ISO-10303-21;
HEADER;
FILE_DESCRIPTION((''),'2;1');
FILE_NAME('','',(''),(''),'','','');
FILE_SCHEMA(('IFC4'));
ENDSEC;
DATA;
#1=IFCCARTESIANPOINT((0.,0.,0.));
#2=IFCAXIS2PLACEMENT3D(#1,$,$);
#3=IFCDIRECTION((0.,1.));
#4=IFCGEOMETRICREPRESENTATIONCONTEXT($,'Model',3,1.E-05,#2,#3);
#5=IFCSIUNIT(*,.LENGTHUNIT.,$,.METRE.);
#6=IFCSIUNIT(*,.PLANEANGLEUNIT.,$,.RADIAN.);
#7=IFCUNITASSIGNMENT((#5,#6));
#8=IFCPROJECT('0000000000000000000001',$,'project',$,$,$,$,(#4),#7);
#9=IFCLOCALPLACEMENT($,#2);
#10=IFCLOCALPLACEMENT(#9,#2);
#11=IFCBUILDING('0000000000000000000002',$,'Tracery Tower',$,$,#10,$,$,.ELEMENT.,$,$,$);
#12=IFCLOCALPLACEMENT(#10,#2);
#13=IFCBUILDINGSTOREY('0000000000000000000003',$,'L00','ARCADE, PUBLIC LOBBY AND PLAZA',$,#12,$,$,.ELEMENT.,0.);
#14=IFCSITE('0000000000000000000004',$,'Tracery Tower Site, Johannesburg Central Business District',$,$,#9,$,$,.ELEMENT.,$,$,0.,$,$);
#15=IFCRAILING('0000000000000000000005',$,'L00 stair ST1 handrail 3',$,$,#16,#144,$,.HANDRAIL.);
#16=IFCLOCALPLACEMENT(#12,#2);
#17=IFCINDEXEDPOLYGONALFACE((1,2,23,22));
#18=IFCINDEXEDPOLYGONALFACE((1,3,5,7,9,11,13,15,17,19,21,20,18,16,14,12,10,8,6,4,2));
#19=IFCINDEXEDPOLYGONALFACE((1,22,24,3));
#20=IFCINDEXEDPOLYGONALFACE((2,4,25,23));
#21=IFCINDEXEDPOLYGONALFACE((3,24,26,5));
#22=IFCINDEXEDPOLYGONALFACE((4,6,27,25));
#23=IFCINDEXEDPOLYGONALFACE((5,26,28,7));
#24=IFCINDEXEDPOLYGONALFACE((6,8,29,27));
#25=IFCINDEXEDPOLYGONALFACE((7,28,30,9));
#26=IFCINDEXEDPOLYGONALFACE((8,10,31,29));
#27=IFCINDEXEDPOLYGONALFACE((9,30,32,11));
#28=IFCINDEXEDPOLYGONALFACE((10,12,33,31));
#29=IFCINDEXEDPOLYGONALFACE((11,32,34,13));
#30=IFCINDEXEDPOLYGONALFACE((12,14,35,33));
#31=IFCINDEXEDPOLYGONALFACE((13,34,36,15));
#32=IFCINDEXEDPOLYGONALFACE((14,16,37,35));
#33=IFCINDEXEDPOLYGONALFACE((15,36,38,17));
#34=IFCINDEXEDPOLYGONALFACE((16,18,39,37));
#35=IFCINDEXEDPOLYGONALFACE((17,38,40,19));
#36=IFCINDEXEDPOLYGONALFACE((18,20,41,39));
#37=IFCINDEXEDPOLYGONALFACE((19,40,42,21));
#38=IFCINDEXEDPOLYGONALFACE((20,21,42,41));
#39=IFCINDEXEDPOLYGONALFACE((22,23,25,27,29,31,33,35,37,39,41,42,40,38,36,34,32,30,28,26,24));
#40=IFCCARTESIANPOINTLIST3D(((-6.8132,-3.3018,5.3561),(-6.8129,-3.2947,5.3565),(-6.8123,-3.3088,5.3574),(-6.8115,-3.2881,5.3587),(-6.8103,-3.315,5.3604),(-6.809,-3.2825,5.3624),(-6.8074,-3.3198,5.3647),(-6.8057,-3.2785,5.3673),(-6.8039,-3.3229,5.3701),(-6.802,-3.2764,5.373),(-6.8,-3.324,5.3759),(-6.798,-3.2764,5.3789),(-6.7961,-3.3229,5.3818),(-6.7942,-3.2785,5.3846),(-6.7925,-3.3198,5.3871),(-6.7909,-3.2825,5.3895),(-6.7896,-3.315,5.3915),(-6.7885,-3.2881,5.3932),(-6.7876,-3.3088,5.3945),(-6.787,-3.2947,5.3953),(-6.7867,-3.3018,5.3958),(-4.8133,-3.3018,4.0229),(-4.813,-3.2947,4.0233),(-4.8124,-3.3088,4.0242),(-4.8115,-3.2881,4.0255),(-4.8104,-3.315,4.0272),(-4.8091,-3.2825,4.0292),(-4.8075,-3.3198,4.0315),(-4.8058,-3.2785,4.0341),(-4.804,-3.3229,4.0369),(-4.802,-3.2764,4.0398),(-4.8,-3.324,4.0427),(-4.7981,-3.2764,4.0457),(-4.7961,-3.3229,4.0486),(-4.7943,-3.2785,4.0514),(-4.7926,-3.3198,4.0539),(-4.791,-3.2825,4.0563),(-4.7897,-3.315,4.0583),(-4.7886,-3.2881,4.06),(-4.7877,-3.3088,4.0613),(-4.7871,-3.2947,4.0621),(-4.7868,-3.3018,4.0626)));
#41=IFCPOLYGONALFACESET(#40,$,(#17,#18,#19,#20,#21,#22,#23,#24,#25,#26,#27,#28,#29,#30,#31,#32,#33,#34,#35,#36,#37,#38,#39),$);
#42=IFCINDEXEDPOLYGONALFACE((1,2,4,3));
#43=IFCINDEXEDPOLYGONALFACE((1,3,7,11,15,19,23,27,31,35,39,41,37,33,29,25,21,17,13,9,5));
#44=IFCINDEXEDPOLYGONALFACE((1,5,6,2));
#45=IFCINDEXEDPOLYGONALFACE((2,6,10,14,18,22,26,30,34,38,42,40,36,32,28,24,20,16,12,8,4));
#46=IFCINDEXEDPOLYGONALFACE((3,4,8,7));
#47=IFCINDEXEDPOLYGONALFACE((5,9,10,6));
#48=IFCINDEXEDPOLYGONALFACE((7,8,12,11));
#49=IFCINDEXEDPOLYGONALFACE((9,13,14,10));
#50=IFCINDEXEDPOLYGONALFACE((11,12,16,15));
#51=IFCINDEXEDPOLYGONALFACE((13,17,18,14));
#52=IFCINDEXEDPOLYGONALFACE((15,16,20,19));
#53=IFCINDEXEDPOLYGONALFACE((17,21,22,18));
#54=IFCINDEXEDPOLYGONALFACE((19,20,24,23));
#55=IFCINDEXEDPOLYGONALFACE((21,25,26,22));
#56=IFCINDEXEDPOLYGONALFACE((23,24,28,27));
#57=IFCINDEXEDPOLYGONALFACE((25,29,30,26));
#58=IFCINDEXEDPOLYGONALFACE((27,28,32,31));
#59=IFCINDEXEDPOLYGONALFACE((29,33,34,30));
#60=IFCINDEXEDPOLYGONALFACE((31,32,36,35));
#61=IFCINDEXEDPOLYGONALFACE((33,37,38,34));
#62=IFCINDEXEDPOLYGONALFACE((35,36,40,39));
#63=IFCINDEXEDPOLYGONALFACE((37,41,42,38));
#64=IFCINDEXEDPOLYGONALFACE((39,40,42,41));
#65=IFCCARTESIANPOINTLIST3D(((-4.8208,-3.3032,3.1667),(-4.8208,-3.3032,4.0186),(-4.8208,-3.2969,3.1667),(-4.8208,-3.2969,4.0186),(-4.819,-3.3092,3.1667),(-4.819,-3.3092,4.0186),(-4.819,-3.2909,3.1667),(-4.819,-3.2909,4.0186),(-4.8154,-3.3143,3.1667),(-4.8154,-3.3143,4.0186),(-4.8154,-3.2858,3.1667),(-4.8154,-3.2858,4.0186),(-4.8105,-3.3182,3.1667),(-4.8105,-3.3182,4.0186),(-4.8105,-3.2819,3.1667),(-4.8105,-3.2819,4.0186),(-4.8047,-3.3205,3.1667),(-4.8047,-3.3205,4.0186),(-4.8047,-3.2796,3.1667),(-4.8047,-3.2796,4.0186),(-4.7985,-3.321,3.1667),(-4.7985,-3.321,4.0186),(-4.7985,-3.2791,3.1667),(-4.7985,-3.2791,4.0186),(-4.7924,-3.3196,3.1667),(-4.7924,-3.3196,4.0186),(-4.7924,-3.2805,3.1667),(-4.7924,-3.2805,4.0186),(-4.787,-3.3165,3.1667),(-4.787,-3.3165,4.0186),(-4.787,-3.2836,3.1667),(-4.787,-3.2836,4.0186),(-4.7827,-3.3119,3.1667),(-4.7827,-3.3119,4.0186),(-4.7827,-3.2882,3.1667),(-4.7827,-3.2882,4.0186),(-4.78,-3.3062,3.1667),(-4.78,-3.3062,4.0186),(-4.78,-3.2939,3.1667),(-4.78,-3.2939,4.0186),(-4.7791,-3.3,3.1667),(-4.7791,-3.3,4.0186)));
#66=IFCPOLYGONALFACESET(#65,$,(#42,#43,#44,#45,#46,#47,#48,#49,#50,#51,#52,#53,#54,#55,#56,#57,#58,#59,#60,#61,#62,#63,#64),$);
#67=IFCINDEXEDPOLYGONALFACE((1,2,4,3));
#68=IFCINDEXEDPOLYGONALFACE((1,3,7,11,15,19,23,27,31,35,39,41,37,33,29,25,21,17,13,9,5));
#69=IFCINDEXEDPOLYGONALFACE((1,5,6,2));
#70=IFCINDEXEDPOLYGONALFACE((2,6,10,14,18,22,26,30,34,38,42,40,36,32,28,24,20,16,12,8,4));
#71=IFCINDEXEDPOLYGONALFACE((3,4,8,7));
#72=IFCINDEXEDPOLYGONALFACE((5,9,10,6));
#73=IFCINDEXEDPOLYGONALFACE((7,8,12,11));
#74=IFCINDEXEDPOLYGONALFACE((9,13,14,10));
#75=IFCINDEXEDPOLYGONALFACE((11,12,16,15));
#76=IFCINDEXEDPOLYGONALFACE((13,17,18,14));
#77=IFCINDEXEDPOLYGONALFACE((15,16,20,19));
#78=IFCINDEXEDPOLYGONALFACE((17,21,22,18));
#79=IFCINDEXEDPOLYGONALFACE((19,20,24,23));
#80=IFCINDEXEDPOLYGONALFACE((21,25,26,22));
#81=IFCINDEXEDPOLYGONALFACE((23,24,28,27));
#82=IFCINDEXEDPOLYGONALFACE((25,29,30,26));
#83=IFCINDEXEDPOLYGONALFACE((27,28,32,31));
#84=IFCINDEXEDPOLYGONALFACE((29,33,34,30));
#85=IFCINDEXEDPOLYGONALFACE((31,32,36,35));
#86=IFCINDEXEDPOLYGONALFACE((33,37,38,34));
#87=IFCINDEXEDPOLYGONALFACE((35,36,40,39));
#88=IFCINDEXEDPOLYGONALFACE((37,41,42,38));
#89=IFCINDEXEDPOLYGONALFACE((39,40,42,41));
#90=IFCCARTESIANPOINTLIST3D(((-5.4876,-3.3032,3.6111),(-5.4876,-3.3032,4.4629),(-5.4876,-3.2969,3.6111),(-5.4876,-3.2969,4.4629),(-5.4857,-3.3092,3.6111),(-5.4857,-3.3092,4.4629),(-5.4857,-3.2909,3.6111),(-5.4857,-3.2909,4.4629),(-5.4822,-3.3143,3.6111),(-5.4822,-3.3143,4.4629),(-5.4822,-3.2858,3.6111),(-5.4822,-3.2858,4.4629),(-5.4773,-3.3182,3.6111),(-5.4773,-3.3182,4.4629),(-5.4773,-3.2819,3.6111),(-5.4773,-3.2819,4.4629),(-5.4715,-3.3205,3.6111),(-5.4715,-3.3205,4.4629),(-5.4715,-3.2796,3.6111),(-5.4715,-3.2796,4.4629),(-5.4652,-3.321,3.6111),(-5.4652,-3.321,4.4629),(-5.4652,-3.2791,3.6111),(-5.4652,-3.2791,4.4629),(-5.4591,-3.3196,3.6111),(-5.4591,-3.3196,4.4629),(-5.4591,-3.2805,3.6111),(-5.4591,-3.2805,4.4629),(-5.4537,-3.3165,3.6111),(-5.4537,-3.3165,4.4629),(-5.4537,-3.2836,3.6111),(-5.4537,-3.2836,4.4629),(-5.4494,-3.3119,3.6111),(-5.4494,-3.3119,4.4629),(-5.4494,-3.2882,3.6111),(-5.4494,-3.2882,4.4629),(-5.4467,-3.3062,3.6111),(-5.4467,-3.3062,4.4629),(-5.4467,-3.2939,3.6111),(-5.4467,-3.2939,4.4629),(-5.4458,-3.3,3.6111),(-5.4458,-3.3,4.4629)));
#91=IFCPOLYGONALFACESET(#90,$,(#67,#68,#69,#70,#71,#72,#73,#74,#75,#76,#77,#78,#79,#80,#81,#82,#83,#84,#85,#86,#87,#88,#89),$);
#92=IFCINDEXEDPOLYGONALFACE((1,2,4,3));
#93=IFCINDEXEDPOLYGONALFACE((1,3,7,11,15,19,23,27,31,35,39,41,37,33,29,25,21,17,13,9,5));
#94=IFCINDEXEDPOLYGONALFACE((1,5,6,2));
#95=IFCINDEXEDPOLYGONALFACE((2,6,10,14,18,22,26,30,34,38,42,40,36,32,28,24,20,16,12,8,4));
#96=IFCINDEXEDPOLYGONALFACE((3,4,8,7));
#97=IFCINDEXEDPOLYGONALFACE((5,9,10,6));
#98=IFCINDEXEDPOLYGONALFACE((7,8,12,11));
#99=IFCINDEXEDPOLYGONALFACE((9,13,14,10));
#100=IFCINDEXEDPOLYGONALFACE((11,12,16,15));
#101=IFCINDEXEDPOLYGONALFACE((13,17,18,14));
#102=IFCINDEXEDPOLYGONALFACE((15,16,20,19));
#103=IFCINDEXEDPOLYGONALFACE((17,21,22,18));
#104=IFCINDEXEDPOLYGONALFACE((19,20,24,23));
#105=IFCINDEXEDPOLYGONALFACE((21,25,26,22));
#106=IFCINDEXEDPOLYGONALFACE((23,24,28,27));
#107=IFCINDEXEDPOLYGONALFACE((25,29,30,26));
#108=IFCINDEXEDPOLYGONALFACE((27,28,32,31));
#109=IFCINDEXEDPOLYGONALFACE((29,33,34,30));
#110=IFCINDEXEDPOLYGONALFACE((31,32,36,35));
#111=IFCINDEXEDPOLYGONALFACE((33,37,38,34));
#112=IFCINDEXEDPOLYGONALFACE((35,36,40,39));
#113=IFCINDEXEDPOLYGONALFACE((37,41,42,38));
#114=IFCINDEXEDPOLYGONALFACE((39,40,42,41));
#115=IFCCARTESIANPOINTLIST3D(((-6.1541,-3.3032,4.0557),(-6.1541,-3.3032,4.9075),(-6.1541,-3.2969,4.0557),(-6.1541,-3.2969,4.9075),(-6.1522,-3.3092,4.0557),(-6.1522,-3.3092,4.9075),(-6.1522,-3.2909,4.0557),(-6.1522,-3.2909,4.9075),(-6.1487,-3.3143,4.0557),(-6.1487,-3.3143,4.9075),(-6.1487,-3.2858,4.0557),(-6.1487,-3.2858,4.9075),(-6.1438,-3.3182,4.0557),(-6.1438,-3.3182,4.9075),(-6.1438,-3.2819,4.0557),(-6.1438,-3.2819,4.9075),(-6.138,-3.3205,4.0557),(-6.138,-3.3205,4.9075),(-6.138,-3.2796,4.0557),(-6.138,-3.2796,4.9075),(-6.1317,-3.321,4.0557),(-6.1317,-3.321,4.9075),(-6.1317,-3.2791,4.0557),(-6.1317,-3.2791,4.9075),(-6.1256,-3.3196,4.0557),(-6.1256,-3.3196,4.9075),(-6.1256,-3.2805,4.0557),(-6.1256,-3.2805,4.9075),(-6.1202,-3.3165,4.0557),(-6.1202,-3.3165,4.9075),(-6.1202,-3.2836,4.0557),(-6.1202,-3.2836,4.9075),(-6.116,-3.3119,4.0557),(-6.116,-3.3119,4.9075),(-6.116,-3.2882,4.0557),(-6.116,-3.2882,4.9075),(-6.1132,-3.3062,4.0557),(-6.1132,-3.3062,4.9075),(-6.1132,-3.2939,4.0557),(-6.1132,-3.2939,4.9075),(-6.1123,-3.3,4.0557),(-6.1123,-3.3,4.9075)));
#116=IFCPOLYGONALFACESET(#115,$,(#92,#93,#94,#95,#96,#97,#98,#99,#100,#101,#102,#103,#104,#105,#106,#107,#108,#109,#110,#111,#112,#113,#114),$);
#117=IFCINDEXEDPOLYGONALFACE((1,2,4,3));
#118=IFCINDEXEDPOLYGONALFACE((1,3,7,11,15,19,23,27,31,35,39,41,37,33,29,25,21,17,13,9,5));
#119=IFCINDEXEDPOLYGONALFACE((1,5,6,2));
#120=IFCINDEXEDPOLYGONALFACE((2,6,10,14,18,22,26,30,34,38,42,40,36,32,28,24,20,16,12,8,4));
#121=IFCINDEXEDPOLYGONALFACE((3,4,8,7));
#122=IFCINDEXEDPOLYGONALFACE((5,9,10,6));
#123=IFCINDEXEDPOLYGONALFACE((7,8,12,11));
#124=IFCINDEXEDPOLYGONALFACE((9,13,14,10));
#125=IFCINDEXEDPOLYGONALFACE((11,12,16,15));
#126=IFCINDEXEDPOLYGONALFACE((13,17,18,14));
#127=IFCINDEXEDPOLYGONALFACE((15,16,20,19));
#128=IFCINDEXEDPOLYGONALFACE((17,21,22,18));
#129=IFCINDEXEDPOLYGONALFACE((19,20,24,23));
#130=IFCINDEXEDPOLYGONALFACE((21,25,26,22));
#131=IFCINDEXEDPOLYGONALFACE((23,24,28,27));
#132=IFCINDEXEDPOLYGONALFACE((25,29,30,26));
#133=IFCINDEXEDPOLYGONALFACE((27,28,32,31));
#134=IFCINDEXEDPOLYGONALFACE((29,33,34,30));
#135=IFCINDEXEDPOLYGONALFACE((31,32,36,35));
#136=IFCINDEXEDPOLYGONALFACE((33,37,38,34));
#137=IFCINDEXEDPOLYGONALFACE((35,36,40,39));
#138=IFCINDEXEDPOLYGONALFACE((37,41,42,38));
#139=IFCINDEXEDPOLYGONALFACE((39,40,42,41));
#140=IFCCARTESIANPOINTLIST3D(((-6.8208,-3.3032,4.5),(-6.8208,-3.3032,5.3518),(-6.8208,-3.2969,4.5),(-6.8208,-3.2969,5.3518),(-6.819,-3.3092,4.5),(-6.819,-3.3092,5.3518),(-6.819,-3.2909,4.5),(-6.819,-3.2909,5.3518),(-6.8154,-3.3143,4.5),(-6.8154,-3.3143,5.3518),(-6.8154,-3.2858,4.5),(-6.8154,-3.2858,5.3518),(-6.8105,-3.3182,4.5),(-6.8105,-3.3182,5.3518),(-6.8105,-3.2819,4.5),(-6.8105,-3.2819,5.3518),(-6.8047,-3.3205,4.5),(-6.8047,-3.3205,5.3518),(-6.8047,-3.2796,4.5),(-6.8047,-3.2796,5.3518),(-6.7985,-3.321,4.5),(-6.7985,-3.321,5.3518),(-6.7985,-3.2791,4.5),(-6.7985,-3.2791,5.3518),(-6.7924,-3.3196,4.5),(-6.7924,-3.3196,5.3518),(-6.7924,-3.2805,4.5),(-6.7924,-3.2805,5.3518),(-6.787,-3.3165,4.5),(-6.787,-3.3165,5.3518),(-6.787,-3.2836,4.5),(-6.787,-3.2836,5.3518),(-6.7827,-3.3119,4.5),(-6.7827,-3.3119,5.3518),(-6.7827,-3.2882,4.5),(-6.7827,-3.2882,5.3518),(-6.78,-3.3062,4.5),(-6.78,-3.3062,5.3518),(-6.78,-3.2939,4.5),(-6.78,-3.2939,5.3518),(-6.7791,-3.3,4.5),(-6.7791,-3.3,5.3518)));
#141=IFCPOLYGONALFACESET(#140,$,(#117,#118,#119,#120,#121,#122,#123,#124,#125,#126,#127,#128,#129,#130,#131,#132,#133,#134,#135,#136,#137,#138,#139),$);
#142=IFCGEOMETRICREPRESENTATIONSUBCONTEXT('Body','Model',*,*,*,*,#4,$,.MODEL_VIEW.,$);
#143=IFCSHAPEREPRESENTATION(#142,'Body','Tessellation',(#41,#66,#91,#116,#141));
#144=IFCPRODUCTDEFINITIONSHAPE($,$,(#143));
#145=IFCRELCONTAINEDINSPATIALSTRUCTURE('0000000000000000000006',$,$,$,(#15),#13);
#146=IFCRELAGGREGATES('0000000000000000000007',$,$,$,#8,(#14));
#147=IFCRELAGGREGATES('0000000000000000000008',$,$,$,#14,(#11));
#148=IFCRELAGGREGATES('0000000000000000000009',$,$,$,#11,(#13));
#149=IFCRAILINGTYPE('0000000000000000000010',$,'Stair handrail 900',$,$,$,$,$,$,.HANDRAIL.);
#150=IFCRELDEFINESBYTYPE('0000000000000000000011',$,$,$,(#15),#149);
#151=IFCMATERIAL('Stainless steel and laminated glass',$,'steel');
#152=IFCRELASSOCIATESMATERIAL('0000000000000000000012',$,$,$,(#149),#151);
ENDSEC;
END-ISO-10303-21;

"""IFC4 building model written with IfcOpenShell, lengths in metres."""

from ifc_helpers import new_model, si_unit, direction, frame, origin, origin_2d, place, context, subcontext, project, spatial, circle, extrude, material, type_object, element, save


model = new_model("IFC4")

# Units and contexts
model_context = context("Model", 3, precision=1e-05, world=origin(), true_north=direction((0.0, 1.0)))
body_context = subcontext(model_context, "Body", "Model", "MODEL_VIEW")
ifc_project = project(units=[si_unit("LENGTHUNIT", "METRE"), si_unit("PLANEANGLEUNIT", "RADIAN")], contexts=[model_context])

# Site, building, storey
site_placement = place(None, origin())
site = spatial("IfcSite", under=ifc_project, at=site_placement, Name="Tracery Tower Site, Johannesburg Central Business District", CompositionType="ELEMENT", RefElevation=0.0)
building_placement = place(site_placement, origin())
building = spatial("IfcBuilding", under=site, at=building_placement, Name="Tracery Tower", CompositionType="ELEMENT")
storey_placement = place(building_placement, origin())
storey = spatial("IfcBuildingStorey", under=building, at=storey_placement, Name="L00", Description="ARCADE, PUBLIC LOBBY AND PLAZA", CompositionType="ELEMENT", Elevation=0.0)

# Railing
ifc_material_1 = material(Name="Stainless steel and laminated glass", Category="steel")
railing_type_1 = type_object("IfcRailingType", Name="Stair handrail 900", PredefinedType="HANDRAIL", material=ifc_material_1)
railing_1_placement = place(storey_placement, frame((-4.8, -3.3, 3.1667)))
element("IfcRailing", 1, at=railing_1_placement, inside=storey, type_object=railing_type_1, Name="L00 stair ST1 handrail 3", PredefinedType="HANDRAIL", context=body_context, shape_type="SweptSolid", body=[
    extrude(circle(Radius=0.0239, at=origin_2d()), frame((0.0, 0.0, 0.876), z_axis=(-0.832066, 0.0, 0.554677), x_axis=(0.0, -1.0, 0.0)), (0.0, 0.0, 1.0), 2.4036),
    extrude(circle(Radius=0.021, at=origin_2d()), origin(), (0.0, 0.0, 1.0), 0.8518),
    extrude(circle(Radius=0.021, at=origin_2d()), frame((-0.6667, 0.0, 0.4443)), (0.0, 0.0, 1.0), 0.8518),
    extrude(circle(Radius=0.021, at=origin_2d()), frame((-1.3333, 0.0, 0.8889)), (0.0, 0.0, 1.0), 0.8518),
    extrude(circle(Radius=0.021, at=origin_2d()), frame((-2.0, 0.0, 1.3333)), (0.0, 0.0, 1.0), 0.8518),
])

save(model, "model.ifc")
